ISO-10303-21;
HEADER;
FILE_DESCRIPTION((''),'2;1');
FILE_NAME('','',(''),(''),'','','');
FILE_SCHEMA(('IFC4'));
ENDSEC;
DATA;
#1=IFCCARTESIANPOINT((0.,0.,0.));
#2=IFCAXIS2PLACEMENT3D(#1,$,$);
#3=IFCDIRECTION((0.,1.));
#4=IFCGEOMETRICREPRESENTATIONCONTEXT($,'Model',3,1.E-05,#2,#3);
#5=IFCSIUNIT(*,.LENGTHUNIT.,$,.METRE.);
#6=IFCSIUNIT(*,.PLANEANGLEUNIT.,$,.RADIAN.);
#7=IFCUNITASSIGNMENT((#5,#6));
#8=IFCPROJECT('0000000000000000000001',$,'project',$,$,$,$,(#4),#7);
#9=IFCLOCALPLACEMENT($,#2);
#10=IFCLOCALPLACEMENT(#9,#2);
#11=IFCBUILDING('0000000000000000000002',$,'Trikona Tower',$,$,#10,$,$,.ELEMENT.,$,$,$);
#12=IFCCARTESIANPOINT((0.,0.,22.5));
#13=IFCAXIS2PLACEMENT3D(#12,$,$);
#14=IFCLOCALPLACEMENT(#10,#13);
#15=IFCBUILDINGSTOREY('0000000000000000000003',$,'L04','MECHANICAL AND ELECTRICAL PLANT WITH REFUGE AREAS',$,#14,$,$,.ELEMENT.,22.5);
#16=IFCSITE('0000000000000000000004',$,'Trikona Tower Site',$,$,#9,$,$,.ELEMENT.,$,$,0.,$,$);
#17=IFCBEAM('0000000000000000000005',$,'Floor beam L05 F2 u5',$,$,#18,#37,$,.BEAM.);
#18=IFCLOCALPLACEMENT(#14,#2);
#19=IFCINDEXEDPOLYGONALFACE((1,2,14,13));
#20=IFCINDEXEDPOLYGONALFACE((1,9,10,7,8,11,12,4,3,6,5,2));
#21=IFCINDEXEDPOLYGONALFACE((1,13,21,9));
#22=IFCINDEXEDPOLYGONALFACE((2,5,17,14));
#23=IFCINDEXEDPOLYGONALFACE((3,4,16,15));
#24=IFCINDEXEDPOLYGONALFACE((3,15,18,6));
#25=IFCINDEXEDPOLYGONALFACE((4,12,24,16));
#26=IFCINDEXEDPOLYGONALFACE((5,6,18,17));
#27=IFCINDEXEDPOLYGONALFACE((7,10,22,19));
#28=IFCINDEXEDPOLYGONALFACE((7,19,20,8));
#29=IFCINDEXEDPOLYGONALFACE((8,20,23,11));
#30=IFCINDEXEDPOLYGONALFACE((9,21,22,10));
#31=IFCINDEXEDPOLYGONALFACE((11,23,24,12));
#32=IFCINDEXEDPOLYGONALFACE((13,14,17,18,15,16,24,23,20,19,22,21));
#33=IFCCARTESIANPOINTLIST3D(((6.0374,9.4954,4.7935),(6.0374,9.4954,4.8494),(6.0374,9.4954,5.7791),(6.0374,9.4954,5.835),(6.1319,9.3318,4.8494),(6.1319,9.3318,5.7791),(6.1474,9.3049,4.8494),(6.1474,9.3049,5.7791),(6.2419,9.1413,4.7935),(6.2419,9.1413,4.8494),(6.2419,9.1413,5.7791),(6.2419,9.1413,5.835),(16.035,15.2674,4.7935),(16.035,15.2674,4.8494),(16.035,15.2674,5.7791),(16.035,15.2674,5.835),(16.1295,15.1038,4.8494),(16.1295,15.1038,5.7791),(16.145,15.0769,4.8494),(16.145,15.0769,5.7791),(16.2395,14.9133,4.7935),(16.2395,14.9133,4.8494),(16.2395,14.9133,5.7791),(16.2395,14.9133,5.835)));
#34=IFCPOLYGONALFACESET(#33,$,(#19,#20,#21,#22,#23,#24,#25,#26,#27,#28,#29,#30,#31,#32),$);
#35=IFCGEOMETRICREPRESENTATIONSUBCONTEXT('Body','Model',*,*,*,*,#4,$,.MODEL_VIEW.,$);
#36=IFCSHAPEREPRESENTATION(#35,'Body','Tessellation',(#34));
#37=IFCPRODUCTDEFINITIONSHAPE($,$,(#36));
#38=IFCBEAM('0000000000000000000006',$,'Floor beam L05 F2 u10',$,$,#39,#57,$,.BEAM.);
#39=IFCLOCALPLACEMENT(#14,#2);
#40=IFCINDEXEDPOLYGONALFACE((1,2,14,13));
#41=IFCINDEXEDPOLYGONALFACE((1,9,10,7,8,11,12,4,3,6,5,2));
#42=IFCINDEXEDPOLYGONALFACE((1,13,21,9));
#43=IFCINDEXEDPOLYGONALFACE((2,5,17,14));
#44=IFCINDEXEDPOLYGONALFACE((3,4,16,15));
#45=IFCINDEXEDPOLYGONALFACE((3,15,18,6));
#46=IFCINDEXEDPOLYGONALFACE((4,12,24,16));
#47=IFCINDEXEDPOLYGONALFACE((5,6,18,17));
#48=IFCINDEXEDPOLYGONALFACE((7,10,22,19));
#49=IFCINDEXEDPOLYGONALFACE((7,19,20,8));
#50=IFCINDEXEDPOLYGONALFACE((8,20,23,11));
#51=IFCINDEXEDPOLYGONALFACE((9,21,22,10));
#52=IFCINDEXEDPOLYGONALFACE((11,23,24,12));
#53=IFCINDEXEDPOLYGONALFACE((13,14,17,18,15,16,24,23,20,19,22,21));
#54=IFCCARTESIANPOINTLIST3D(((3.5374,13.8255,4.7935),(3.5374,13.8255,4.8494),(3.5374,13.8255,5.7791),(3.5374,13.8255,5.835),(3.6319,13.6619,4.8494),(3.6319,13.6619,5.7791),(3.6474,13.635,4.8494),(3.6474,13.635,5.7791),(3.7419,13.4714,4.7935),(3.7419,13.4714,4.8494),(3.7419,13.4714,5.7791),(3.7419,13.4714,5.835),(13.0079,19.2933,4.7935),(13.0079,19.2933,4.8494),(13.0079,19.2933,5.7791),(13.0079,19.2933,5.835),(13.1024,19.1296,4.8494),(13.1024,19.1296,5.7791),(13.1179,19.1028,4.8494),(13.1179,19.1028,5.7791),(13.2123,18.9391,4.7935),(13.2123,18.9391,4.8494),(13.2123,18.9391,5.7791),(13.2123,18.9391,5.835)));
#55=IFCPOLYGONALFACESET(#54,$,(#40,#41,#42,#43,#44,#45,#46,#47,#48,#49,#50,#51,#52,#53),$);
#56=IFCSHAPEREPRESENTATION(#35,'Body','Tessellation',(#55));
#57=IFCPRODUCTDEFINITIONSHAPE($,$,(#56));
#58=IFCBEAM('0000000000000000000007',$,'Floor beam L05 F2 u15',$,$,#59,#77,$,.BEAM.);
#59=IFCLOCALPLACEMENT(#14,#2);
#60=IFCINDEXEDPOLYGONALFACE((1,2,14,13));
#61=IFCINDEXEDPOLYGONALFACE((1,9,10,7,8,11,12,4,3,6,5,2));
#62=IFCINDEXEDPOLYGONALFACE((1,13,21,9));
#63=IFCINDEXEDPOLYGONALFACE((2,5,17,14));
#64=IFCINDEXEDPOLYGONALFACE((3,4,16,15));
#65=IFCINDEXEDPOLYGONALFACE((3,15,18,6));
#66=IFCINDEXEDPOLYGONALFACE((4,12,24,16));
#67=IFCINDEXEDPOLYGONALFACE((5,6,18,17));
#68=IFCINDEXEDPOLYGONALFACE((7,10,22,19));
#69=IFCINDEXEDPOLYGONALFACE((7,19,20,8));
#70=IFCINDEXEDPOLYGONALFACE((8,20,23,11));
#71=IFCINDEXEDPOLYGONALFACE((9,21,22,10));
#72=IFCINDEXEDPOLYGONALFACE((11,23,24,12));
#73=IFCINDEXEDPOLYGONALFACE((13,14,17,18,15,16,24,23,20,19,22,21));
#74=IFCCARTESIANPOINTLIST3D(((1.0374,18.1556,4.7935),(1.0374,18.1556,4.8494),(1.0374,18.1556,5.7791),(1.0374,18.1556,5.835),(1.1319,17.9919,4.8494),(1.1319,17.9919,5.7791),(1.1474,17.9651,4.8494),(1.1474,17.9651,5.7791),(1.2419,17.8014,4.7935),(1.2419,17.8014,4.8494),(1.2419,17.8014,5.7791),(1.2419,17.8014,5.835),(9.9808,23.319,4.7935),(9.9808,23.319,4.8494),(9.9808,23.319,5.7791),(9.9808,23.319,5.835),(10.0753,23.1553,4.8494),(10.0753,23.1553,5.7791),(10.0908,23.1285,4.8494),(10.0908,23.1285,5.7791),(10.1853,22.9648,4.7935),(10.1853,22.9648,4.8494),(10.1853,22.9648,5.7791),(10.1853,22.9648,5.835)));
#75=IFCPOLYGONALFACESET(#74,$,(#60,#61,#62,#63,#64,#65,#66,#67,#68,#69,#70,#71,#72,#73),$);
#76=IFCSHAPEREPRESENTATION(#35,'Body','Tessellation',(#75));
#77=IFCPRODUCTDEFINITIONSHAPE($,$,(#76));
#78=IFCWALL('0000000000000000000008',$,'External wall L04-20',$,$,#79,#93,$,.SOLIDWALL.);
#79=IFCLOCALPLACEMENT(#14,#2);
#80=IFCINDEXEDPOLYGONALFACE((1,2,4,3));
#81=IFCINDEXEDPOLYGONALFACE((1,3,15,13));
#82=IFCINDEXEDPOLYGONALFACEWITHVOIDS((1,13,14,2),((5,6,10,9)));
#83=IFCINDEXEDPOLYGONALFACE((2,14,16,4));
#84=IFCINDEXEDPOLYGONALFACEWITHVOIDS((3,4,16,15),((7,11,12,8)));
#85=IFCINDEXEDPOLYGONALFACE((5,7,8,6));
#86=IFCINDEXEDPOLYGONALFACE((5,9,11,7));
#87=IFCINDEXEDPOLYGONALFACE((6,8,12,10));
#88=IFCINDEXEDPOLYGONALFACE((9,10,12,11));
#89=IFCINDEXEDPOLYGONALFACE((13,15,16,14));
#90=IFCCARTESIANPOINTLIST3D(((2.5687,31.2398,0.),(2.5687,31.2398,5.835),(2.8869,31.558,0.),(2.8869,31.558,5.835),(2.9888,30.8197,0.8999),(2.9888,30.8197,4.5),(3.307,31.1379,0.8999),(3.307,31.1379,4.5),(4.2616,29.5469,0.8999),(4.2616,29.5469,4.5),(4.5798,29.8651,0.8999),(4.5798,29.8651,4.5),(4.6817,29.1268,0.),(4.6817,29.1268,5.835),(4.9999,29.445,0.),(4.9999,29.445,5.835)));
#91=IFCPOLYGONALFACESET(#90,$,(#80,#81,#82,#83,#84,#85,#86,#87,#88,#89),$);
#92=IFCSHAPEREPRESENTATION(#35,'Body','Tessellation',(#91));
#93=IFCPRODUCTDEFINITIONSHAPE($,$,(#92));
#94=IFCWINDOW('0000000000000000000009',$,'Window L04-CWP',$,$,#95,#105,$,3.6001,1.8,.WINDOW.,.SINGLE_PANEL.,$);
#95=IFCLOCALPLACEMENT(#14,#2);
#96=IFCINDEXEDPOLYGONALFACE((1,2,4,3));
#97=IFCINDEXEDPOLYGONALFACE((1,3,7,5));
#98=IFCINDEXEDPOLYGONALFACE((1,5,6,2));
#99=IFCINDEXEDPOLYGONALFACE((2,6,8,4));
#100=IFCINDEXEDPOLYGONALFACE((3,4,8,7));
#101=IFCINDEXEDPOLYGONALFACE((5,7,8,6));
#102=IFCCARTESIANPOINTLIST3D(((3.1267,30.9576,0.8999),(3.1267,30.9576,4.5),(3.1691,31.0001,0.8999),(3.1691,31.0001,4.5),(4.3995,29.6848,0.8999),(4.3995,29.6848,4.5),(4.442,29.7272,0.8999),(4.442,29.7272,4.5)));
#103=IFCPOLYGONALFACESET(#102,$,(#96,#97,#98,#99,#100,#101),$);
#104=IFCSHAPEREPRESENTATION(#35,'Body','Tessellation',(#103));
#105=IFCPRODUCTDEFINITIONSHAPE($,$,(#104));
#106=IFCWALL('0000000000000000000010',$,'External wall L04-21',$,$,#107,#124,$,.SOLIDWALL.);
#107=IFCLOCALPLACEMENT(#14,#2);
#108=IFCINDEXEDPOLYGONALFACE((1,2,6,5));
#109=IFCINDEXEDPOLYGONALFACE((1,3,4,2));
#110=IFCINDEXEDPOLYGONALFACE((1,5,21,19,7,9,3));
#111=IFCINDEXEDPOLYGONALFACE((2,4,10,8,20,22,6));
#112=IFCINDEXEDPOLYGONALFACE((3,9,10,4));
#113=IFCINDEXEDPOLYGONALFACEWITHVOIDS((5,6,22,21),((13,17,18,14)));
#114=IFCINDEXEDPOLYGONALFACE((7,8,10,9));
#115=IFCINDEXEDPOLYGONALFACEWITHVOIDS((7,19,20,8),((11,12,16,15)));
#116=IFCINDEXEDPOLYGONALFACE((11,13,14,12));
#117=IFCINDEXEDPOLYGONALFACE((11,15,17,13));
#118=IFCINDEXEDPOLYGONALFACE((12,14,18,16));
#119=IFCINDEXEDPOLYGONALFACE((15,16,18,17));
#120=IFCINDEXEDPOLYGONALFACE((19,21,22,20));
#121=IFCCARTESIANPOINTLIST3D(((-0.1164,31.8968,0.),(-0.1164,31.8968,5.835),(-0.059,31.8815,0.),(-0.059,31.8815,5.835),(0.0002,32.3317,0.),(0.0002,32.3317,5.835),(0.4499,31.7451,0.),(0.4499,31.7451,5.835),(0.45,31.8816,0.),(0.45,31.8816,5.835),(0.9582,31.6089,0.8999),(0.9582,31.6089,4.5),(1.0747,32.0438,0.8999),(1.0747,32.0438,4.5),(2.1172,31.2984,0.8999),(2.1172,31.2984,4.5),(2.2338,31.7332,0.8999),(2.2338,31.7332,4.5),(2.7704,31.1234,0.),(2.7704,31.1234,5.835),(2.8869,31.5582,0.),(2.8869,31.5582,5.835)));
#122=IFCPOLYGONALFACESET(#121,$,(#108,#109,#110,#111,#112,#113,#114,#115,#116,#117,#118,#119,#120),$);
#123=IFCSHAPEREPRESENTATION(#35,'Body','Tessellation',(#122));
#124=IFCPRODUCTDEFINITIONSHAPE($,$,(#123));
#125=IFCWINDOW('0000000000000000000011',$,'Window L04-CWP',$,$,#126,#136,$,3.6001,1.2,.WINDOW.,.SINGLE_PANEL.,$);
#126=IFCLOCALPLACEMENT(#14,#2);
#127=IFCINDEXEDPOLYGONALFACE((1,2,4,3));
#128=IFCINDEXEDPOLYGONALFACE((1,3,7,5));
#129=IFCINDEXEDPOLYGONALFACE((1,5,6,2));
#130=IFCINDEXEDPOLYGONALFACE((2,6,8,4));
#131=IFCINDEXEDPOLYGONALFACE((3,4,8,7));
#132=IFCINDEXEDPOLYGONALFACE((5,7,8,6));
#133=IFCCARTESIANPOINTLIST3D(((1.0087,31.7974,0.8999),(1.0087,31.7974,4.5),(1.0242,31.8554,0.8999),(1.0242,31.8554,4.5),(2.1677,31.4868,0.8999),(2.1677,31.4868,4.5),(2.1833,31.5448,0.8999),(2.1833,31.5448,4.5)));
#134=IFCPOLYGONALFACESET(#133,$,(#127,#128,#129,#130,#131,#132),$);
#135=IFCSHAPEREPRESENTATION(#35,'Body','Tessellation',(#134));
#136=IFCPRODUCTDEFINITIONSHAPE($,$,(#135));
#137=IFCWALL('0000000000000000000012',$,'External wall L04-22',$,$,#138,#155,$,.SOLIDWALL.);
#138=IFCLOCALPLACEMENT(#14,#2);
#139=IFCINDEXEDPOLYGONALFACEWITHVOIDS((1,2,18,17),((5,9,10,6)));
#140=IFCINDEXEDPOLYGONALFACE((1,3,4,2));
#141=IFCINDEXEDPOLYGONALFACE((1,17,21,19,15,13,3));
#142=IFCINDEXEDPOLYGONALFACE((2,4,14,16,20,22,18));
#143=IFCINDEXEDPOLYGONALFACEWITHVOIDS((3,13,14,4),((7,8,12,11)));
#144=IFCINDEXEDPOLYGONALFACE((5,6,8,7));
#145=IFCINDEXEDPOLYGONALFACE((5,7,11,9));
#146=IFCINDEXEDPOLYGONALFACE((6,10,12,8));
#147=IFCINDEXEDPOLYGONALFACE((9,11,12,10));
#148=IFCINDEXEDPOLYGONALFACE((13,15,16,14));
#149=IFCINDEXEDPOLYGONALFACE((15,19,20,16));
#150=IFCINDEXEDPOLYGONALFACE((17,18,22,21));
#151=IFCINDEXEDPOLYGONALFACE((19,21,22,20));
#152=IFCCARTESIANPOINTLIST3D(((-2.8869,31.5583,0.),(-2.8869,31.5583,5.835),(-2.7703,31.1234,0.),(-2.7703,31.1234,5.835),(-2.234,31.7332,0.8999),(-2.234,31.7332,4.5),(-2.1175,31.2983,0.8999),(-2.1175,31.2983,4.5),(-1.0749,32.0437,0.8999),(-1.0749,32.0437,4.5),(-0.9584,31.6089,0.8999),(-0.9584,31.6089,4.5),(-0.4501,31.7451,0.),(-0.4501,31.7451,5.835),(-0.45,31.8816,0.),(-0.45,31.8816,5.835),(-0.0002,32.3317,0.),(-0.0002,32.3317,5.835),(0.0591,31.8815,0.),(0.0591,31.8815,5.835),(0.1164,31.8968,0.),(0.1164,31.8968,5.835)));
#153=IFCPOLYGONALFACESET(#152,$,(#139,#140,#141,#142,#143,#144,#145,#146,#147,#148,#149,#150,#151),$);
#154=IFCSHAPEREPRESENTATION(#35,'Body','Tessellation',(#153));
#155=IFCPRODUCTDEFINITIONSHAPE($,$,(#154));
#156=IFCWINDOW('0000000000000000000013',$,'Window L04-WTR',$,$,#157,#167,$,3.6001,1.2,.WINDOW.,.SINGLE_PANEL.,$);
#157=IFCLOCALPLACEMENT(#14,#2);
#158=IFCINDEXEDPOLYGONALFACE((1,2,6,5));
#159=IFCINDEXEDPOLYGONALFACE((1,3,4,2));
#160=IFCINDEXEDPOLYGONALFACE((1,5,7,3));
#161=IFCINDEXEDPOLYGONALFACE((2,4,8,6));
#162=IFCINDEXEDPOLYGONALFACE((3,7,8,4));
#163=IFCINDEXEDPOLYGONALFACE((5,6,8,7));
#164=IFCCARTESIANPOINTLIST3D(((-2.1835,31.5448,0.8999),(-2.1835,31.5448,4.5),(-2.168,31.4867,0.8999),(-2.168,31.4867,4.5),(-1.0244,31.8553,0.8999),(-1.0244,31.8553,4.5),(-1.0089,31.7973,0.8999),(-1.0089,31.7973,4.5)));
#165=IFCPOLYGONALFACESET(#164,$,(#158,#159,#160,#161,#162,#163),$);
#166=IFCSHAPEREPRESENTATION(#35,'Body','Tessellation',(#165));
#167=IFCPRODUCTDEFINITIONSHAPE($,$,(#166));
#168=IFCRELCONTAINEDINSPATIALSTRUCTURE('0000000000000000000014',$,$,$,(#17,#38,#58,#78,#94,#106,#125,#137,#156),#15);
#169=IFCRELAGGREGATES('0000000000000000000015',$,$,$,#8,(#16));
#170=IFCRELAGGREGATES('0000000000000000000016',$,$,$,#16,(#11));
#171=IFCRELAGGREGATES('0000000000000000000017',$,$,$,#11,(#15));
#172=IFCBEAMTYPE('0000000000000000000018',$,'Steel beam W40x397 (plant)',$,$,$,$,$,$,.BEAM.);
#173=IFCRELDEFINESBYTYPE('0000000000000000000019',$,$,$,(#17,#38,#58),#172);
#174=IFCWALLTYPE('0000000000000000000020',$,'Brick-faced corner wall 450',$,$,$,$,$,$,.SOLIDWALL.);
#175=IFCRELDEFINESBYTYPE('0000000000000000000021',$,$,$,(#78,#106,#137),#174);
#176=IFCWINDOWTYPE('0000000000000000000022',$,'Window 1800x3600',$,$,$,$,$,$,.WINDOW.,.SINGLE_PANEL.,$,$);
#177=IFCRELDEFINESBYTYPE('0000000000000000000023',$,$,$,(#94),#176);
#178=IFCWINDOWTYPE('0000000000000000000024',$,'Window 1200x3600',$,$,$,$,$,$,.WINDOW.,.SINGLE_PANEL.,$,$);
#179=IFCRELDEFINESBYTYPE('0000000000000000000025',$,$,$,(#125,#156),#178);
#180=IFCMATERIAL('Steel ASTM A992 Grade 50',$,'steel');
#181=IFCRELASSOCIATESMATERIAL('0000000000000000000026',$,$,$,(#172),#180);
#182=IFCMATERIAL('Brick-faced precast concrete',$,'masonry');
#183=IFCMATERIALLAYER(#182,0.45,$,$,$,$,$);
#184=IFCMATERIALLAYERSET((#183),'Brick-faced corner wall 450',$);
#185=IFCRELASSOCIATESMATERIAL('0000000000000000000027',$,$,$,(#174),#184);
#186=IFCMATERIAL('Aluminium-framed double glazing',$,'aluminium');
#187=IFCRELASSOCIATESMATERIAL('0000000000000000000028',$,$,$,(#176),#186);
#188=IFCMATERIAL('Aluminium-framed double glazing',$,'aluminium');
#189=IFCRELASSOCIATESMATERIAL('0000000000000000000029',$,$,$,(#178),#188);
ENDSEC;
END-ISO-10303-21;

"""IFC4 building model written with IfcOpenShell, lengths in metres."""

from ifc_helpers import new_model, si_unit, direction, frame, frame_2d, origin, origin_2d, place, context, subcontext, project, spatial, polyline, rectangle, i_section, outline, extrude, material, layer, layer_set, material_profile, profile_set, type_object, element, fill, save


model = new_model("IFC4")

# Units and contexts
model_context = context("Model", 3, precision=1e-05, world=origin(), true_north=direction((0.0, 1.0)))
body_context = subcontext(model_context, "Body", "Model", "MODEL_VIEW")
ifc_project = project(units=[si_unit("LENGTHUNIT", "METRE"), si_unit("PLANEANGLEUNIT", "RADIAN")], contexts=[model_context])

# Site, building, storey
site_placement = place(None, origin())
site = spatial("IfcSite", under=ifc_project, at=site_placement, Name="Trikona Tower Site", CompositionType="ELEMENT", RefElevation=0.0)
building_placement = place(site_placement, origin())
building = spatial("IfcBuilding", under=site, at=building_placement, Name="Trikona Tower", CompositionType="ELEMENT")
storey_placement = place(building_placement, frame((0.0, 0.0, 22.5)))
storey = spatial("IfcBuildingStorey", under=building, at=storey_placement, Name="L04", Description="MECHANICAL AND ELECTRICAL PLANT WITH REFUGE AREAS", CompositionType="ELEMENT", Elevation=22.5)

# Beams
ifc_material_1 = material(Name="Steel ASTM A992 Grade 50", Category="steel")
ifc_material_profile_1 = material_profile(ifc_material_1, i_section(OverallWidth=0.4089, OverallDepth=1.0415, WebThickness=0.031, FlangeThickness=0.0559, at=origin_2d()), Name="W40X397")
ifc_profile_set_1 = profile_set([ifc_material_profile_1], Name="Steel ASTM A992 Grade 50")
beam_type_1 = type_object("IfcBeamType", Name="Steel beam W40x397 (plant)", PredefinedType="BEAM", material=ifc_profile_set_1)
beam_1_placement = place(storey_placement, frame((6.1396, 9.3184, 5.3142), z_axis=(0.86603, 0.499992, 0.0), x_axis=(-0.499992, 0.86603, 0.0)))
element("IfcBeam", 1, at=beam_1_placement, inside=storey, type_object=beam_type_1, Name="Floor beam L05 F2 u5", PredefinedType="BEAM", context=body_context, shape_type="SweptSolid", body=[
    extrude(i_section(OverallWidth=0.4089, OverallDepth=1.0415, WebThickness=0.031, FlangeThickness=0.0559, at=origin_2d()), origin(), (0.0, 0.0, 1.0), 11.5442),
])
beam_2_placement = place(storey_placement, frame((3.6396, 13.6484, 5.3142), z_axis=(0.866025, 0.5, 0.0), x_axis=(-0.5, 0.866025, 0.0)))
element("IfcBeam", 2, at=beam_2_placement, inside=storey, type_object=beam_type_1, Name="Floor beam L05 F2 u10", PredefinedType="BEAM", context=body_context, shape_type="SweptSolid", body=[
    extrude(i_section(OverallWidth=0.4089, OverallDepth=1.0415, WebThickness=0.031, FlangeThickness=0.0559, at=origin_2d()), origin(), (0.0, 0.0, 1.0), 10.9355),
])
beam_3_placement = place(storey_placement, frame((1.1396, 17.9785, 5.3142), z_axis=(0.86603, 0.499991, 0.0), x_axis=(-0.499991, 0.86603, 0.0)))
element("IfcBeam", 3, at=beam_3_placement, inside=storey, type_object=beam_type_1, Name="Floor beam L05 F2 u15", PredefinedType="BEAM", context=body_context, shape_type="SweptSolid", body=[
    extrude(i_section(OverallWidth=0.4089, OverallDepth=1.0415, WebThickness=0.031, FlangeThickness=0.0559, at=origin_2d()), origin(), (0.0, 0.0, 1.0), 10.3269),
])

# Walls, openings, windows
ifc_material_2 = material(Name="Brick-faced precast concrete", Category="masonry")
ifc_layer_1 = layer(ifc_material_2, 0.45)
ifc_layer_set_1 = layer_set([ifc_layer_1], Name="Brick-faced corner wall 450")
wall_type_1 = type_object("IfcWallType", Name="Brick-faced corner wall 450", PredefinedType="SOLIDWALL", material=ifc_layer_set_1)
wall_1_placement = place(storey_placement, frame((4.8408, 29.2859, 0.0), z_axis=(0.0, 0.0, 1.0), x_axis=(-0.707107, 0.707107, 0.0)))
wall_1 = element("IfcWall", 4, at=wall_1_placement, inside=storey, type_object=wall_type_1, Name="External wall L04-20", PredefinedType="SOLIDWALL", context=body_context, shape_type="SweptSolid", body=[
    extrude(rectangle(XDim=2.9883, YDim=0.45, at=frame_2d((1.4941, 0.0))), origin(), (0.0, 0.0, 1.0), 5.835),
])
opening_1_placement = place(wall_1_placement, frame((0.5942, 0.0, 0.8999)))
opening_1 = element("IfcOpeningElement", 5, at=opening_1_placement, cuts=wall_1, PredefinedType="OPENING", context=body_context, shape_type="SweptSolid", body=[
    extrude(rectangle(XDim=1.8, YDim=3.6001, at=frame_2d((0.8999, 1.8))), frame((0.0, 0.2349, 0.0), z_axis=(0.0, -1.0, 0.0), x_axis=(1.0, 0.0, 0.0)), (0.0, 0.0, 1.0), 0.47),
])
ifc_material_3 = material(Name="Aluminium-framed double glazing", Category="aluminium")
window_type_1 = type_object("IfcWindowType", Name="Window 1800x3600", PartitioningType="SINGLE_PANEL", PredefinedType="WINDOW", material=ifc_material_3)
window_1_placement = place(opening_1_placement, origin())
window_1 = element("IfcWindow", 6, at=window_1_placement, inside=storey, type_object=window_type_1, Name="Window L04-CWP", OverallHeight=3.6001, OverallWidth=1.8, PartitioningType="SINGLE_PANEL", PredefinedType="WINDOW", context=body_context, shape_type="SweptSolid", body=[
    extrude(rectangle(XDim=1.8, YDim=3.6001, at=frame_2d((0.8999, 1.8))), frame((0.0, 0.03, 0.0), z_axis=(0.0, -1.0, 0.0), x_axis=(1.0, 0.0, 0.0)), (0.0, 0.0, 1.0), 0.0601),
])
fill(opening_1, window_1)
wall_2_placement = place(storey_placement, frame((2.8286, 31.3408, 0.0), z_axis=(0.0, 0.0, 1.0), x_axis=(-0.965931, 0.258801, 0.0)))
wall_2 = element("IfcWall", 7, at=wall_2_placement, inside=storey, type_object=wall_type_1, Name="External wall L04-21", PredefinedType="SOLIDWALL", context=body_context, shape_type="SweptSolid", body=[
    extrude(outline(polyline([(2.9885, 0.2251), (2.9292, 0.2251), (2.4375, 0.0933), (2.4023, 0.2251), (0.0, 0.2251), (0.0, -0.2251), (2.9885, -0.2251), (2.9885, 0.2251)])), origin(), (0.0, 0.0, 1.0), 5.835),
])
opening_2_placement = place(wall_2_placement, frame((0.676, 0.0, 0.8999)))
opening_2 = element("IfcOpeningElement", 8, at=opening_2_placement, cuts=wall_2, PredefinedType="OPENING", context=body_context, shape_type="SweptSolid", body=[
    extrude(rectangle(XDim=1.2, YDim=3.6001, at=frame_2d((0.6001, 1.8))), frame((0.0, 0.2349, 0.0), z_axis=(0.0, -1.0, 0.0), x_axis=(1.0, 0.0, 0.0)), (0.0, 0.0, 1.0), 0.47),
])
ifc_material_4 = material(Name="Aluminium-framed double glazing", Category="aluminium")
window_type_2 = type_object("IfcWindowType", Name="Window 1200x3600", PartitioningType="SINGLE_PANEL", PredefinedType="WINDOW", material=ifc_material_4)
window_2_placement = place(opening_2_placement, origin())
window_2 = element("IfcWindow", 9, at=window_2_placement, inside=storey, type_object=window_type_2, Name="Window L04-CWP", OverallHeight=3.6001, OverallWidth=1.2, PartitioningType="SINGLE_PANEL", PredefinedType="WINDOW", context=body_context, shape_type="SweptSolid", body=[
    extrude(rectangle(XDim=1.2, YDim=3.6001, at=frame_2d((0.6001, 1.8))), frame((0.0, 0.03, 0.0), z_axis=(0.0, -1.0, 0.0), x_axis=(1.0, 0.0, 0.0)), (0.0, 0.0, 1.0), 0.0601),
])
fill(opening_2, window_2)
wall_3_placement = place(storey_placement, frame((0.0581, 32.1143, 0.0), z_axis=(0.0, 0.0, 1.0), x_axis=(-0.965931, -0.258801, 0.0)))
wall_3 = element("IfcWall", 10, at=wall_3_placement, inside=storey, type_object=wall_type_1, Name="External wall L04-22", PredefinedType="SOLIDWALL", context=body_context, shape_type="SweptSolid", body=[
    extrude(outline(polyline([(2.9885, 0.2251), (0.5864, 0.2251), (0.551, 0.0933), (0.0593, 0.2251), (0.0, 0.2251), (0.0, -0.2251), (2.9885, -0.2251), (2.9885, 0.2251)])), origin(), (0.0, 0.0, 1.0), 5.835),
])
opening_3_placement = place(wall_3_placement, frame((1.1125, 0.0, 0.8999)))
opening_3 = element("IfcOpeningElement", 11, at=opening_3_placement, cuts=wall_3, PredefinedType="OPENING", context=body_context, shape_type="SweptSolid", body=[
    extrude(rectangle(XDim=1.2, YDim=3.6001, at=frame_2d((0.6001, 1.8))), frame((0.0, 0.2349, 0.0), z_axis=(0.0, -1.0, 0.0), x_axis=(1.0, 0.0, 0.0)), (0.0, 0.0, 1.0), 0.47),
])
window_3_placement = place(opening_3_placement, origin())
window_3 = element("IfcWindow", 12, at=window_3_placement, inside=storey, type_object=window_type_2, Name="Window L04-WTR", OverallHeight=3.6001, OverallWidth=1.2, PartitioningType="SINGLE_PANEL", PredefinedType="WINDOW", context=body_context, shape_type="SweptSolid", body=[
    extrude(rectangle(XDim=1.2, YDim=3.6001, at=frame_2d((0.6001, 1.8))), frame((0.0, 0.03, 0.0), z_axis=(0.0, -1.0, 0.0), x_axis=(1.0, 0.0, 0.0)), (0.0, 0.0, 1.0), 0.0601),
])
fill(opening_3, window_3)

save(model, "model.ifc")
